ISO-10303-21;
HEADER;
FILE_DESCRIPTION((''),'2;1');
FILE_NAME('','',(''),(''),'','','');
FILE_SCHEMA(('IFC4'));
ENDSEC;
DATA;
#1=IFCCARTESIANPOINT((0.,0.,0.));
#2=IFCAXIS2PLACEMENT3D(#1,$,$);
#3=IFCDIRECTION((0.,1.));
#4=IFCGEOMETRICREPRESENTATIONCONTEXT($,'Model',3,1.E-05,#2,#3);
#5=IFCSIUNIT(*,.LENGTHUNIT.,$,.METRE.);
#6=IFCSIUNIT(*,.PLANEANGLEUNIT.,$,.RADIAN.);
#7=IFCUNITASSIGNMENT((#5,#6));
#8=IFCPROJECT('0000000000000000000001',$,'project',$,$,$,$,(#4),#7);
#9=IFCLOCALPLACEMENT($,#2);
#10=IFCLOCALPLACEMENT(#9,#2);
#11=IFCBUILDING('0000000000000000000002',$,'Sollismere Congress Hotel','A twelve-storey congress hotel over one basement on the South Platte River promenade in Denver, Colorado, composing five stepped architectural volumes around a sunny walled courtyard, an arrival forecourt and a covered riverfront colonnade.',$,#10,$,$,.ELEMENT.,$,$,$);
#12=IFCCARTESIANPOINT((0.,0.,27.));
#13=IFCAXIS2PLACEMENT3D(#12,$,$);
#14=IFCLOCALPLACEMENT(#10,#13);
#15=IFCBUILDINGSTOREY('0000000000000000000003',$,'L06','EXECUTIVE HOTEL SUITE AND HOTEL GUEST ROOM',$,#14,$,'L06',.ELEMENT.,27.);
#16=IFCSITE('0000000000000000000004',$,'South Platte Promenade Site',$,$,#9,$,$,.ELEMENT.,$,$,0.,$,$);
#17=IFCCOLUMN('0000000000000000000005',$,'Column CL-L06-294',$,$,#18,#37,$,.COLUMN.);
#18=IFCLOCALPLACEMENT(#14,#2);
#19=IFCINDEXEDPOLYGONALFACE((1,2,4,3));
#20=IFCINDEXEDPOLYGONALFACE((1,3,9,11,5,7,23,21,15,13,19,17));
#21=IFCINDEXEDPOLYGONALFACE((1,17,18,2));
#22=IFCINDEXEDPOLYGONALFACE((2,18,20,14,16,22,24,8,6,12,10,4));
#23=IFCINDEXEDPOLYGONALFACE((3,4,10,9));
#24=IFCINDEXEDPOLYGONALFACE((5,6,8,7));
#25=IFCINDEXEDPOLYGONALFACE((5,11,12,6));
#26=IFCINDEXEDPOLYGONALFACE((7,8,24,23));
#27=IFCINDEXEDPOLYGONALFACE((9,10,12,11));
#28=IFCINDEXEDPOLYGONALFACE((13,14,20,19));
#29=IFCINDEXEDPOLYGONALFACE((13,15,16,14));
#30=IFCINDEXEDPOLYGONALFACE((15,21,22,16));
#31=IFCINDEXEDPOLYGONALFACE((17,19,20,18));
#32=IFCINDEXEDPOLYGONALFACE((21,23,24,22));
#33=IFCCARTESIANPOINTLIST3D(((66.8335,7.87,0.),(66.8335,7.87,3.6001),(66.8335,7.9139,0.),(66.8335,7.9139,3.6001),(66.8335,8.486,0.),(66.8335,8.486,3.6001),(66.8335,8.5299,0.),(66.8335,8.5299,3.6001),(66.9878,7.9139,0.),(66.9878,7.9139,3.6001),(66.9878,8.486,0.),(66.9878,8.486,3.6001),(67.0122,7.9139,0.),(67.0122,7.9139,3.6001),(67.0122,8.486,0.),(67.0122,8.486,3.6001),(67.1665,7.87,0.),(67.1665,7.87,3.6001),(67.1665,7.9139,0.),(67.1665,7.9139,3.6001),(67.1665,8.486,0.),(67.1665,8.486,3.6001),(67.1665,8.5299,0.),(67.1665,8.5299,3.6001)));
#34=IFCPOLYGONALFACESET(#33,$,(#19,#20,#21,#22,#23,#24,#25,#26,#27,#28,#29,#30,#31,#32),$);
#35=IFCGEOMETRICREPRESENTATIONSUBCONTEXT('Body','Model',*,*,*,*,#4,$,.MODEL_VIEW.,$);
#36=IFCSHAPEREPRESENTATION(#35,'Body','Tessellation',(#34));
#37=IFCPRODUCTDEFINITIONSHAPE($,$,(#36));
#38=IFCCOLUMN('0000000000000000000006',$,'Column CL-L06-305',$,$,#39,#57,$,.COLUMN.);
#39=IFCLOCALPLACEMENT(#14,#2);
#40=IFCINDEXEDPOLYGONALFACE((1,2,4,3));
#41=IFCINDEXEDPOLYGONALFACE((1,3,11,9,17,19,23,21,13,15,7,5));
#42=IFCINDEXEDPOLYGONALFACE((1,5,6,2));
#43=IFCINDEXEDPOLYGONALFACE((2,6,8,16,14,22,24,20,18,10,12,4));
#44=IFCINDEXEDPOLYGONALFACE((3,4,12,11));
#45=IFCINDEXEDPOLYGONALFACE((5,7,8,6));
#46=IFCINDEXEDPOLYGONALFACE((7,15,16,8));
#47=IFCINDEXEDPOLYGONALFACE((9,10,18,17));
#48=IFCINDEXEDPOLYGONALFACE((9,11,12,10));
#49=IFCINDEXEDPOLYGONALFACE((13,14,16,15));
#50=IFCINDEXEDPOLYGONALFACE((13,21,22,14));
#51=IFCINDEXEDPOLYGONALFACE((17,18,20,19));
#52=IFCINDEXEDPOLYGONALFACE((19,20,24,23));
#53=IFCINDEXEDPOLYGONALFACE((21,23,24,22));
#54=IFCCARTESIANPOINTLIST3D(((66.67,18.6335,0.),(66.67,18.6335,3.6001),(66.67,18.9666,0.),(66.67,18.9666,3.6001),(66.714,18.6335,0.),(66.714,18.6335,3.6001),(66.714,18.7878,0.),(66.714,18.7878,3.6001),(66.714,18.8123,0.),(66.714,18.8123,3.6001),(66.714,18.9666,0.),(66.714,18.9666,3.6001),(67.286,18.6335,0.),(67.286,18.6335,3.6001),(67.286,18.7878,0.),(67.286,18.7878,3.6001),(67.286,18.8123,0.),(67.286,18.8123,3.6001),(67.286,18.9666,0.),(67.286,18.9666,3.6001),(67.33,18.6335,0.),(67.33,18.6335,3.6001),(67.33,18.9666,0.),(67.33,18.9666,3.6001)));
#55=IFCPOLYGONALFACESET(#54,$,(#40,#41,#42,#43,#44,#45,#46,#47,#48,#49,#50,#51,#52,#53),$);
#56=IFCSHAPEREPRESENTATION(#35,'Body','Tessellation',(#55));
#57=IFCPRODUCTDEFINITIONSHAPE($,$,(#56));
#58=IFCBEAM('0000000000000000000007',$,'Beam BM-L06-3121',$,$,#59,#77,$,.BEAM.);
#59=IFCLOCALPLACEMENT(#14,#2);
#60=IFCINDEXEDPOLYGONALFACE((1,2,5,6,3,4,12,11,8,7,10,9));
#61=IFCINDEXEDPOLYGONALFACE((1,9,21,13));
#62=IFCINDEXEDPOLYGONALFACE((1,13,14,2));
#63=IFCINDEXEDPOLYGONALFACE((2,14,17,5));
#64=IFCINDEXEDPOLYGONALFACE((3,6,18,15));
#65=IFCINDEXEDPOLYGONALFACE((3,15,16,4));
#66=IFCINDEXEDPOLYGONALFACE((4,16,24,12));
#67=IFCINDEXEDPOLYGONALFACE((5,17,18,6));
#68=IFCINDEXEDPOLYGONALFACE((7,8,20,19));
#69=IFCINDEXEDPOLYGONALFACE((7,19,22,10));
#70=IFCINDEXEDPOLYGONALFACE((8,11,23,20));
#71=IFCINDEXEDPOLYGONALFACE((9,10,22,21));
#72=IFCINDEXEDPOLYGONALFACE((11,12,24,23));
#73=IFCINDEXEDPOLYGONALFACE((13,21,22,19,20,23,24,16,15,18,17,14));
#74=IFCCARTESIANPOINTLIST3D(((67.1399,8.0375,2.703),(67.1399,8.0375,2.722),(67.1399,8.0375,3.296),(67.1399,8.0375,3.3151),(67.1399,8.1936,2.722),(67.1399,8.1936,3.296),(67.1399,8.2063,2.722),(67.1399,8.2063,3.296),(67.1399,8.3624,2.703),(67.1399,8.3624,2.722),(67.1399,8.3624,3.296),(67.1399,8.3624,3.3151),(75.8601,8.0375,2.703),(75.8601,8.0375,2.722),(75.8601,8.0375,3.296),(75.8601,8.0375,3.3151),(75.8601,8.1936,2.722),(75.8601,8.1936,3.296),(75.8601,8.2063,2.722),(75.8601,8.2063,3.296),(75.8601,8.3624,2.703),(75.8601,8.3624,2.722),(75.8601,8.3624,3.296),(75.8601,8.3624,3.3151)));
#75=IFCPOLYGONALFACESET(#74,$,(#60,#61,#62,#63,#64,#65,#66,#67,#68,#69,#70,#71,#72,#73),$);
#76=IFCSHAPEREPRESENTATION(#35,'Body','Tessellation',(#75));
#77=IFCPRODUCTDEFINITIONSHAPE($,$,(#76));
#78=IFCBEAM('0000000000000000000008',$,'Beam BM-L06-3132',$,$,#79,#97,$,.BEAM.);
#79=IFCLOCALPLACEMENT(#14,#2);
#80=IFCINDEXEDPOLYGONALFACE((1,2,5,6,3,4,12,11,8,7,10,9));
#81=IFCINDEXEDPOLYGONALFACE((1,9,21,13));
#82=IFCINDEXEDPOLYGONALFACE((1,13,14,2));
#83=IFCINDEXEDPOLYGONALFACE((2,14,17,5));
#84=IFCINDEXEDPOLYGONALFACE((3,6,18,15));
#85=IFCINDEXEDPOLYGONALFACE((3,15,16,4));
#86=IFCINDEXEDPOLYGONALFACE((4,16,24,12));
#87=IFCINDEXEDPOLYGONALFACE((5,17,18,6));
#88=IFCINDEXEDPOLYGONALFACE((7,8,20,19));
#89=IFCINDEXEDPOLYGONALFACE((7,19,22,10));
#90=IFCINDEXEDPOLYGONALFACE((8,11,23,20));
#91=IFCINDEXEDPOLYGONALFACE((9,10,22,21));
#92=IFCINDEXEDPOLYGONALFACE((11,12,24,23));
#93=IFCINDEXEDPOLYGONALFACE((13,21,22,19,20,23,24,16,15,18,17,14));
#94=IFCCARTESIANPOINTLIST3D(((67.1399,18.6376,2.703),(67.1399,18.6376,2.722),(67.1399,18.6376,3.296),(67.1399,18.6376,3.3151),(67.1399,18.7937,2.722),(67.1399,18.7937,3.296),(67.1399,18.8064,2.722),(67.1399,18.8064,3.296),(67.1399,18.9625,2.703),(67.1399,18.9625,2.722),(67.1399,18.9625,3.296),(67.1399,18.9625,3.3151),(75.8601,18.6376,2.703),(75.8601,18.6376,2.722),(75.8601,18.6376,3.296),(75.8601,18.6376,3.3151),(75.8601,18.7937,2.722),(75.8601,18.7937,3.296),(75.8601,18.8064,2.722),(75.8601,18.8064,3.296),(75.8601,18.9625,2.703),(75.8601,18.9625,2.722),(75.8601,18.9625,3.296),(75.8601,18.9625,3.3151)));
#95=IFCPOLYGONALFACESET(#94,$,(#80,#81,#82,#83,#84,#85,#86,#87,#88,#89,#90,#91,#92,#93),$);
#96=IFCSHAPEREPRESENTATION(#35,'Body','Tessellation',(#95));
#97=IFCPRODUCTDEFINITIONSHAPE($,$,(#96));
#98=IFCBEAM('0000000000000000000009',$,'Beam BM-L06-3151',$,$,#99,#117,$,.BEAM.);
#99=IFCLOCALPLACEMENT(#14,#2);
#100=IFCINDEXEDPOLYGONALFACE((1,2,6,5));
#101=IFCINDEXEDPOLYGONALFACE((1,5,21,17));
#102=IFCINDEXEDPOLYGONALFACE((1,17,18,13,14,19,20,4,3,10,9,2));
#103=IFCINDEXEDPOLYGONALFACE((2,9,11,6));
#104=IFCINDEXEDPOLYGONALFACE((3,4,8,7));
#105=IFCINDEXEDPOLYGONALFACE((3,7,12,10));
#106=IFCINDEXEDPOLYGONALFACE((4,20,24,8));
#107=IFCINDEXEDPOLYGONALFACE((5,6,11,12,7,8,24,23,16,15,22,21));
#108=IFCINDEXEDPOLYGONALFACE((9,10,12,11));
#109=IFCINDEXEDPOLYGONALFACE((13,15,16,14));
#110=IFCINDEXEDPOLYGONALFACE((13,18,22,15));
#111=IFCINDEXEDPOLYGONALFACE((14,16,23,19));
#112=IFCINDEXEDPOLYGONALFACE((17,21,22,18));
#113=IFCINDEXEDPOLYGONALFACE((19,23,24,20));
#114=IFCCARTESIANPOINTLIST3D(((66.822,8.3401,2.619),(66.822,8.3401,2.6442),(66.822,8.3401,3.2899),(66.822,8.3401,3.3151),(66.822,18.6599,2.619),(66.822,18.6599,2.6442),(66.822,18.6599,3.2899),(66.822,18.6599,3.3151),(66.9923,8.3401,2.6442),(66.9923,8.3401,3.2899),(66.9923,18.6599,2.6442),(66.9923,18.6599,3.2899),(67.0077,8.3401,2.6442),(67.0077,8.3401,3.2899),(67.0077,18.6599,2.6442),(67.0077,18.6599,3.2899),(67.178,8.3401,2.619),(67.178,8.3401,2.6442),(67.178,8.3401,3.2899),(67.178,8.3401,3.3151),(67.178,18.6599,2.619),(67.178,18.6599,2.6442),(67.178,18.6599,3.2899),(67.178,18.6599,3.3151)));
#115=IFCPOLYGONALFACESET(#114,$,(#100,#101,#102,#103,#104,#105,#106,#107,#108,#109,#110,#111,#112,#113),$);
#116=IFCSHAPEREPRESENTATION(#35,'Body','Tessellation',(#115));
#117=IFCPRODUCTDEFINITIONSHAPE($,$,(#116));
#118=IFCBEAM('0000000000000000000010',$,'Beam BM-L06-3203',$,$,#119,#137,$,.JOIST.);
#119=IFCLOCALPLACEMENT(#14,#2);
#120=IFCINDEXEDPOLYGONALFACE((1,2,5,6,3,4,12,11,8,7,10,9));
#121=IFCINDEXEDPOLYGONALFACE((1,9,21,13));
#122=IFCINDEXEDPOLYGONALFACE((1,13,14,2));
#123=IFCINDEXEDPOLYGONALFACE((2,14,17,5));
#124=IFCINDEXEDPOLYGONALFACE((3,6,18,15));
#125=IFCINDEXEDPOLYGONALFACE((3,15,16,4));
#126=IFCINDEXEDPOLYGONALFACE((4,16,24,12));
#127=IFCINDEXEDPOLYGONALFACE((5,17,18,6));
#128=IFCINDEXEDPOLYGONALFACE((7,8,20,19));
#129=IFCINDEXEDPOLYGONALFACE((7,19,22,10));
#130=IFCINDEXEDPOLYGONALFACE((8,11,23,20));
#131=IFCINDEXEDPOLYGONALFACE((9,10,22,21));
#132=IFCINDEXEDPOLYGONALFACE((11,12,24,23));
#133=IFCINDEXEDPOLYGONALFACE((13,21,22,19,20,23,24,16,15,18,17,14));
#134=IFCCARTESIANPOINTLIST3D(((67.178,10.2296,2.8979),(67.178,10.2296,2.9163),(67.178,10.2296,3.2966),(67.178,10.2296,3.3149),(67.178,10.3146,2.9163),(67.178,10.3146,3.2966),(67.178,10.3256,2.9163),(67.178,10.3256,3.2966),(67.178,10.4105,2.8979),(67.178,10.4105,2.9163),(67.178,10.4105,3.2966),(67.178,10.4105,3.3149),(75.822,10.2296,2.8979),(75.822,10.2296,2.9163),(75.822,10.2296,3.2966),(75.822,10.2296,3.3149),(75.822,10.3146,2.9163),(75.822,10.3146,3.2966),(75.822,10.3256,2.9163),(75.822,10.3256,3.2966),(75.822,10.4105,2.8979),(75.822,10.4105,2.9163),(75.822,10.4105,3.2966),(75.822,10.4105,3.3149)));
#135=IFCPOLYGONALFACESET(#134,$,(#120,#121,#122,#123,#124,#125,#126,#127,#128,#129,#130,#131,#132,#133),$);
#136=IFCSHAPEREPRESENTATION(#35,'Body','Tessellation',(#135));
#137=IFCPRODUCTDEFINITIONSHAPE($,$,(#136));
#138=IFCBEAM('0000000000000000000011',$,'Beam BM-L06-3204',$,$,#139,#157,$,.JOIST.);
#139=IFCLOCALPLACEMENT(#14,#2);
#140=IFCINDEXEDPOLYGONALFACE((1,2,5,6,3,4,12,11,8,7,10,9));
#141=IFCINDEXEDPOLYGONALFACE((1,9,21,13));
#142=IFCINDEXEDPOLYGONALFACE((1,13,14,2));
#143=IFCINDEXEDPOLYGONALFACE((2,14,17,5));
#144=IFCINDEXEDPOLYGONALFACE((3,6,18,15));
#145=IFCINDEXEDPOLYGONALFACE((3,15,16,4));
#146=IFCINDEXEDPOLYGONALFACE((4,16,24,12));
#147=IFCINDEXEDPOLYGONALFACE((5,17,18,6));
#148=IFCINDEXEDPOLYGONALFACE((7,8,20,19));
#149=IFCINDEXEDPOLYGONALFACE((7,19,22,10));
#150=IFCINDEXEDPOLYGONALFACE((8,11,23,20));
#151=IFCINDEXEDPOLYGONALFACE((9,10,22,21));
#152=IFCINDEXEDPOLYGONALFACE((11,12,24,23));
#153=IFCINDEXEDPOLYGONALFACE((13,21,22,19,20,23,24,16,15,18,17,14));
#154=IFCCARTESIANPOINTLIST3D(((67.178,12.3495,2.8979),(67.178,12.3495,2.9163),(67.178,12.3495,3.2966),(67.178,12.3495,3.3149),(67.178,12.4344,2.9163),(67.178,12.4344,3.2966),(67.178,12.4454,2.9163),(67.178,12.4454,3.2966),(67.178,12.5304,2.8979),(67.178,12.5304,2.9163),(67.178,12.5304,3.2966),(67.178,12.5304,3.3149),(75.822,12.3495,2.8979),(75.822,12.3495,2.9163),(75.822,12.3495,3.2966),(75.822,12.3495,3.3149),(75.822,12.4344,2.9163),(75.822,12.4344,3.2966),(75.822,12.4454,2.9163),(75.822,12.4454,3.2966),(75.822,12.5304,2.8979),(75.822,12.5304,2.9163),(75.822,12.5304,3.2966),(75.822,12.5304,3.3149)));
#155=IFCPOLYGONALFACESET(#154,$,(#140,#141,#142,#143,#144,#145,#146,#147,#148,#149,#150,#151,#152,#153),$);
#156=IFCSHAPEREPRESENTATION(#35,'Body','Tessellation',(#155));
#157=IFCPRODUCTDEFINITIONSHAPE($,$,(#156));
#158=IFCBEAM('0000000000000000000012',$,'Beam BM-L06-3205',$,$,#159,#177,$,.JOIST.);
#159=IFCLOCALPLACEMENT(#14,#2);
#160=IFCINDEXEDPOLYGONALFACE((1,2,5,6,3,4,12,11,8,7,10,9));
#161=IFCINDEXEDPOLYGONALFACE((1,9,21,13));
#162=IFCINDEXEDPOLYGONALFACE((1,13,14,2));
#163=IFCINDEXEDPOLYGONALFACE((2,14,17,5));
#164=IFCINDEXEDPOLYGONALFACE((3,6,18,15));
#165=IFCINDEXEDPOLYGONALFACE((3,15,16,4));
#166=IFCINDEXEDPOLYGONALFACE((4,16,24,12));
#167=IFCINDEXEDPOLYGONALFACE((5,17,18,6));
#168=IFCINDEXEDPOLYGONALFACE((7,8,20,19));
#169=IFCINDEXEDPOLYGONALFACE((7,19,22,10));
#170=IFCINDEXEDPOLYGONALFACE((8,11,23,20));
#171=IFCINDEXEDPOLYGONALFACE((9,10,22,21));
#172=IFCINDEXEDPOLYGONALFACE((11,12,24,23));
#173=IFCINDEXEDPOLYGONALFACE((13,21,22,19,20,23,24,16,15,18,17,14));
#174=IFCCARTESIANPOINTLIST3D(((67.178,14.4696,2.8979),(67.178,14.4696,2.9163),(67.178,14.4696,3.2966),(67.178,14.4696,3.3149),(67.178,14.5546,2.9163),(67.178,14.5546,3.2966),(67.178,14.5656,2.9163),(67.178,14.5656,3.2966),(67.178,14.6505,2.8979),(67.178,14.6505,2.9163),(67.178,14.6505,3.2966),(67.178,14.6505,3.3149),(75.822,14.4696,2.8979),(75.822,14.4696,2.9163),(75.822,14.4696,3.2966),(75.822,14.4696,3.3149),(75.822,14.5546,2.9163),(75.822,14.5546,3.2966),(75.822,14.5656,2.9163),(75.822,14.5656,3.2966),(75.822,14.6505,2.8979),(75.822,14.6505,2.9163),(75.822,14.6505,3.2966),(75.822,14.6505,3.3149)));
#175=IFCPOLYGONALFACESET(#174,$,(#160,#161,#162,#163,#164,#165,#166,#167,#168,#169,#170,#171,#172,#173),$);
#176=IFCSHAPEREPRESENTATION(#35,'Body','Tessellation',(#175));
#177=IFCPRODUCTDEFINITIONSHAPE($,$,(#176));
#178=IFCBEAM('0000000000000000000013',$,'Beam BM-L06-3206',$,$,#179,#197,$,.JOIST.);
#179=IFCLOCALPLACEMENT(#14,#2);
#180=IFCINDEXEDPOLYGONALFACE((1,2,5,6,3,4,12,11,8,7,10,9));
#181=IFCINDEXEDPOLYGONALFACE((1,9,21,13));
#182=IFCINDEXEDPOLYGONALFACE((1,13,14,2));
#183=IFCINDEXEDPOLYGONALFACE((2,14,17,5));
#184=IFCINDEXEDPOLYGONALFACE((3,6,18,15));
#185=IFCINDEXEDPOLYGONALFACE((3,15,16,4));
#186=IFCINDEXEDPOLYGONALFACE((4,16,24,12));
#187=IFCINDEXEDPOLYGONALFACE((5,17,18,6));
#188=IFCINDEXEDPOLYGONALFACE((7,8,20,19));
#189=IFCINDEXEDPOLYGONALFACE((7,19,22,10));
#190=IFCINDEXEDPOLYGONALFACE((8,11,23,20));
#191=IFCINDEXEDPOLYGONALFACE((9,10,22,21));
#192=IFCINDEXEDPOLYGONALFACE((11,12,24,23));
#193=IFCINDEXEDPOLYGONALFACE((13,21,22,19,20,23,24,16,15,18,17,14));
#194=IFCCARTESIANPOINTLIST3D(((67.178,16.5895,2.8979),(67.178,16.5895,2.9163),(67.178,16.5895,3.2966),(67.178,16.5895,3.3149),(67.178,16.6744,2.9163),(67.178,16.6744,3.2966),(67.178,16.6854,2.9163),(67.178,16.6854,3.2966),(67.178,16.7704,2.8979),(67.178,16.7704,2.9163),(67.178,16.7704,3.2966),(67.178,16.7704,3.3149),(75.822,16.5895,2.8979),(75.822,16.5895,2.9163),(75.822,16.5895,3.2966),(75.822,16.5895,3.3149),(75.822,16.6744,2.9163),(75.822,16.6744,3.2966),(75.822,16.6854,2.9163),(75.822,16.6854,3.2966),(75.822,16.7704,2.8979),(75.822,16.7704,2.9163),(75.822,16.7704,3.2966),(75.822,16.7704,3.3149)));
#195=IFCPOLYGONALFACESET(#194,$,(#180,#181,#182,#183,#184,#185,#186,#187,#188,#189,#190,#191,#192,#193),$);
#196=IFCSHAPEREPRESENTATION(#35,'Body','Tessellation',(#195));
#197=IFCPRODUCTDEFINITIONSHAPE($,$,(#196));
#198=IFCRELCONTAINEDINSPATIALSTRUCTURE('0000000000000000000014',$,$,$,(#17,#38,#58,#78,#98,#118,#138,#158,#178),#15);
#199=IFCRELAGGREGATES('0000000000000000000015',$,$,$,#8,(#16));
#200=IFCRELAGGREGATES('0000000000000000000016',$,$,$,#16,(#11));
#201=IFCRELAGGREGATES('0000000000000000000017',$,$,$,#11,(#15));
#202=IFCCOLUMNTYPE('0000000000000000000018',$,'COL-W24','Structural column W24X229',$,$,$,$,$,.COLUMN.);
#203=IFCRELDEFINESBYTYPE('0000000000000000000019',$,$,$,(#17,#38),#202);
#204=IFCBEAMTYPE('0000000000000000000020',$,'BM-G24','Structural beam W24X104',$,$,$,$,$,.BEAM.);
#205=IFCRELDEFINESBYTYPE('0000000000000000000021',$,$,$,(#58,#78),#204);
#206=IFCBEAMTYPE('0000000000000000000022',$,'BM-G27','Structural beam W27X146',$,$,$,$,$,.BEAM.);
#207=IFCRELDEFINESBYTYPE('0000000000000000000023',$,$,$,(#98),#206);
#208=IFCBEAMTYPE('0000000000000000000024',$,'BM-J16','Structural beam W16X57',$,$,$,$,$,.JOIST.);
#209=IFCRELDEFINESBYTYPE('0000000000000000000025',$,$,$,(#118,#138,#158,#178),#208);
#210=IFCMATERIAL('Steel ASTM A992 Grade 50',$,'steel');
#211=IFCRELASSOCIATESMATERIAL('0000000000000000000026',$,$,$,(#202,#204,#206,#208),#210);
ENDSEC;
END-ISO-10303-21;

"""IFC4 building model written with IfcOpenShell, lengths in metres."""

from ifc_helpers import new_model, si_unit, direction, frame, origin, origin_2d, place, context, subcontext, project, spatial, i_section, extrude, material, material_profile, profile_set, type_object, element, save


model = new_model("IFC4")

# Units and contexts
model_context = context("Model", 3, precision=1e-05, world=origin(), true_north=direction((0.0, 1.0)))
body_context = subcontext(model_context, "Body", "Model", "MODEL_VIEW")
ifc_project = project(units=[si_unit("LENGTHUNIT", "METRE"), si_unit("PLANEANGLEUNIT", "RADIAN")], contexts=[model_context])

# Site, building, storey
site_placement = place(None, origin())
site = spatial("IfcSite", under=ifc_project, at=site_placement, Name="South Platte Promenade Site", CompositionType="ELEMENT", RefElevation=0.0)
building_placement = place(site_placement, origin())
building = spatial("IfcBuilding", under=site, at=building_placement, Name="Sollismere Congress Hotel", Description="A twelve-storey congress hotel over one basement on the South Platte River promenade in Denver, Colorado, composing five stepped architectural volumes around a sunny walled courtyard, an arrival forecourt and a covered riverfront colonnade.", CompositionType="ELEMENT")
storey_placement = place(building_placement, frame((0.0, 0.0, 27.0)))
storey = spatial("IfcBuildingStorey", under=building, at=storey_placement, Name="L06", Description="EXECUTIVE HOTEL SUITE AND HOTEL GUEST ROOM", LongName="L06", CompositionType="ELEMENT", Elevation=27.0)

# Columns
ifc_material_1 = material(Name="Steel ASTM A992 Grade 50", Category="steel")
ifc_material_profile_1 = material_profile(ifc_material_1, i_section(OverallWidth=0.333, OverallDepth=0.6599, WebThickness=0.0244, FlangeThickness=0.0439, at=origin_2d()), Name="W24X229")
ifc_profile_set_1 = profile_set([ifc_material_profile_1], Name="Steel ASTM A992 Grade 50")
column_type = type_object("IfcColumnType", Name="COL-W24", Description="Structural column W24X229", PredefinedType="COLUMN", material=ifc_profile_set_1)
for number, where, z_axis, x_axis, name in (
    (1, (67.0, 8.2, 0.0), (0.0, 0.0, 1.0), (1.0, 0.0, 0.0), "Column CL-L06-294"),
    (2, (67.0, 18.8, 0.0), (0.0, 0.0, 1.0), (0.0, 1.0, 0.0), "Column CL-L06-305"),
):
    element("IfcColumn", number, at=place(storey_placement, frame(where, z_axis=z_axis, x_axis=x_axis)), inside=storey, type_object=column_type, Name=name, PredefinedType="COLUMN", context=body_context, shape_type="SweptSolid", body=[
        extrude(i_section(OverallWidth=0.333, OverallDepth=0.6599, WebThickness=0.0244, FlangeThickness=0.0439, at=origin_2d()), origin(), (0.0, 0.0, 1.0), 3.6001),
    ])

# Beams
ifc_material_profile_2 = material_profile(ifc_material_1, i_section(OverallWidth=0.325, OverallDepth=0.6121, WebThickness=0.0127, FlangeThickness=0.019, at=origin_2d()), Name="W24X104")
ifc_profile_set_2 = profile_set([ifc_material_profile_2], Name="Steel ASTM A992 Grade 50")
beam_type_1 = type_object("IfcBeamType", Name="BM-G24", Description="Structural beam W24X104", PredefinedType="BEAM", material=ifc_profile_set_2)
for number, where, z_axis, x_axis, name in (
    (3, (67.1399, 8.2, 3.009), (1.0, 0.0, 0.0), (0.0, 1.0, 0.0), "Beam BM-L06-3121"),
    (4, (67.1399, 18.8, 3.009), (1.0, 0.0, 0.0), (0.0, 1.0, 0.0), "Beam BM-L06-3132"),
):
    element("IfcBeam", number, at=place(storey_placement, frame(where, z_axis=z_axis, x_axis=x_axis)), inside=storey, type_object=beam_type_1, Name=name, PredefinedType="BEAM", context=body_context, shape_type="SweptSolid", body=[
        extrude(i_section(OverallWidth=0.325, OverallDepth=0.6121, WebThickness=0.0127, FlangeThickness=0.019, at=origin_2d()), origin(), (0.0, 0.0, 1.0), 8.7202),
    ])
ifc_material_profile_3 = material_profile(ifc_material_1, i_section(OverallWidth=0.356, OverallDepth=0.696, WebThickness=0.0154, FlangeThickness=0.0251, at=origin_2d()), Name="W27X146")
ifc_profile_set_3 = profile_set([ifc_material_profile_3], Name="Steel ASTM A992 Grade 50")
beam_type_2 = type_object("IfcBeamType", Name="BM-G27", Description="Structural beam W27X146", PredefinedType="BEAM", material=ifc_profile_set_3)
beam_placement = place(storey_placement, frame((67.0, 8.3401, 2.967), z_axis=(0.0, 1.0, 0.0), x_axis=(-1.0, 0.0, 0.0)))
element("IfcBeam", 5, at=beam_placement, inside=storey, type_object=beam_type_2, Name="Beam BM-L06-3151", PredefinedType="BEAM", context=body_context, shape_type="SweptSolid", body=[
    extrude(i_section(OverallWidth=0.356, OverallDepth=0.696, WebThickness=0.0154, FlangeThickness=0.0251, at=origin_2d()), origin(), (0.0, 0.0, 1.0), 10.3198),
])
ifc_material_profile_4 = material_profile(ifc_material_1, i_section(OverallWidth=0.1809, OverallDepth=0.417, WebThickness=0.011, FlangeThickness=0.0183, at=origin_2d()), Name="W16X57")
ifc_profile_set_4 = profile_set([ifc_material_profile_4], Name="Steel ASTM A992 Grade 50")
beam_type_3 = type_object("IfcBeamType", Name="BM-J16", Description="Structural beam W16X57", PredefinedType="JOIST", material=ifc_profile_set_4)
for number, where, z_axis, x_axis, name in (
    (6, (67.178, 10.3201, 3.1064), (1.0, 0.0, 0.0), (0.0, 1.0, 0.0), "Beam BM-L06-3203"),
    (7, (67.178, 12.4399, 3.1064), (1.0, 0.0, 0.0), (0.0, 1.0, 0.0), "Beam BM-L06-3204"),
    (8, (67.178, 14.5601, 3.1064), (1.0, 0.0, 0.0), (0.0, 1.0, 0.0), "Beam BM-L06-3205"),
    (9, (67.178, 16.6799, 3.1064), (1.0, 0.0, 0.0), (0.0, 1.0, 0.0), "Beam BM-L06-3206"),
):
    element("IfcBeam", number, at=place(storey_placement, frame(where, z_axis=z_axis, x_axis=x_axis)), inside=storey, type_object=beam_type_3, Name=name, PredefinedType="JOIST", context=body_context, shape_type="SweptSolid", body=[
        extrude(i_section(OverallWidth=0.1809, OverallDepth=0.417, WebThickness=0.011, FlangeThickness=0.0183, at=origin_2d()), origin(), (0.0, 0.0, 1.0), 8.644),
    ])

save(model, "model.ifc")
